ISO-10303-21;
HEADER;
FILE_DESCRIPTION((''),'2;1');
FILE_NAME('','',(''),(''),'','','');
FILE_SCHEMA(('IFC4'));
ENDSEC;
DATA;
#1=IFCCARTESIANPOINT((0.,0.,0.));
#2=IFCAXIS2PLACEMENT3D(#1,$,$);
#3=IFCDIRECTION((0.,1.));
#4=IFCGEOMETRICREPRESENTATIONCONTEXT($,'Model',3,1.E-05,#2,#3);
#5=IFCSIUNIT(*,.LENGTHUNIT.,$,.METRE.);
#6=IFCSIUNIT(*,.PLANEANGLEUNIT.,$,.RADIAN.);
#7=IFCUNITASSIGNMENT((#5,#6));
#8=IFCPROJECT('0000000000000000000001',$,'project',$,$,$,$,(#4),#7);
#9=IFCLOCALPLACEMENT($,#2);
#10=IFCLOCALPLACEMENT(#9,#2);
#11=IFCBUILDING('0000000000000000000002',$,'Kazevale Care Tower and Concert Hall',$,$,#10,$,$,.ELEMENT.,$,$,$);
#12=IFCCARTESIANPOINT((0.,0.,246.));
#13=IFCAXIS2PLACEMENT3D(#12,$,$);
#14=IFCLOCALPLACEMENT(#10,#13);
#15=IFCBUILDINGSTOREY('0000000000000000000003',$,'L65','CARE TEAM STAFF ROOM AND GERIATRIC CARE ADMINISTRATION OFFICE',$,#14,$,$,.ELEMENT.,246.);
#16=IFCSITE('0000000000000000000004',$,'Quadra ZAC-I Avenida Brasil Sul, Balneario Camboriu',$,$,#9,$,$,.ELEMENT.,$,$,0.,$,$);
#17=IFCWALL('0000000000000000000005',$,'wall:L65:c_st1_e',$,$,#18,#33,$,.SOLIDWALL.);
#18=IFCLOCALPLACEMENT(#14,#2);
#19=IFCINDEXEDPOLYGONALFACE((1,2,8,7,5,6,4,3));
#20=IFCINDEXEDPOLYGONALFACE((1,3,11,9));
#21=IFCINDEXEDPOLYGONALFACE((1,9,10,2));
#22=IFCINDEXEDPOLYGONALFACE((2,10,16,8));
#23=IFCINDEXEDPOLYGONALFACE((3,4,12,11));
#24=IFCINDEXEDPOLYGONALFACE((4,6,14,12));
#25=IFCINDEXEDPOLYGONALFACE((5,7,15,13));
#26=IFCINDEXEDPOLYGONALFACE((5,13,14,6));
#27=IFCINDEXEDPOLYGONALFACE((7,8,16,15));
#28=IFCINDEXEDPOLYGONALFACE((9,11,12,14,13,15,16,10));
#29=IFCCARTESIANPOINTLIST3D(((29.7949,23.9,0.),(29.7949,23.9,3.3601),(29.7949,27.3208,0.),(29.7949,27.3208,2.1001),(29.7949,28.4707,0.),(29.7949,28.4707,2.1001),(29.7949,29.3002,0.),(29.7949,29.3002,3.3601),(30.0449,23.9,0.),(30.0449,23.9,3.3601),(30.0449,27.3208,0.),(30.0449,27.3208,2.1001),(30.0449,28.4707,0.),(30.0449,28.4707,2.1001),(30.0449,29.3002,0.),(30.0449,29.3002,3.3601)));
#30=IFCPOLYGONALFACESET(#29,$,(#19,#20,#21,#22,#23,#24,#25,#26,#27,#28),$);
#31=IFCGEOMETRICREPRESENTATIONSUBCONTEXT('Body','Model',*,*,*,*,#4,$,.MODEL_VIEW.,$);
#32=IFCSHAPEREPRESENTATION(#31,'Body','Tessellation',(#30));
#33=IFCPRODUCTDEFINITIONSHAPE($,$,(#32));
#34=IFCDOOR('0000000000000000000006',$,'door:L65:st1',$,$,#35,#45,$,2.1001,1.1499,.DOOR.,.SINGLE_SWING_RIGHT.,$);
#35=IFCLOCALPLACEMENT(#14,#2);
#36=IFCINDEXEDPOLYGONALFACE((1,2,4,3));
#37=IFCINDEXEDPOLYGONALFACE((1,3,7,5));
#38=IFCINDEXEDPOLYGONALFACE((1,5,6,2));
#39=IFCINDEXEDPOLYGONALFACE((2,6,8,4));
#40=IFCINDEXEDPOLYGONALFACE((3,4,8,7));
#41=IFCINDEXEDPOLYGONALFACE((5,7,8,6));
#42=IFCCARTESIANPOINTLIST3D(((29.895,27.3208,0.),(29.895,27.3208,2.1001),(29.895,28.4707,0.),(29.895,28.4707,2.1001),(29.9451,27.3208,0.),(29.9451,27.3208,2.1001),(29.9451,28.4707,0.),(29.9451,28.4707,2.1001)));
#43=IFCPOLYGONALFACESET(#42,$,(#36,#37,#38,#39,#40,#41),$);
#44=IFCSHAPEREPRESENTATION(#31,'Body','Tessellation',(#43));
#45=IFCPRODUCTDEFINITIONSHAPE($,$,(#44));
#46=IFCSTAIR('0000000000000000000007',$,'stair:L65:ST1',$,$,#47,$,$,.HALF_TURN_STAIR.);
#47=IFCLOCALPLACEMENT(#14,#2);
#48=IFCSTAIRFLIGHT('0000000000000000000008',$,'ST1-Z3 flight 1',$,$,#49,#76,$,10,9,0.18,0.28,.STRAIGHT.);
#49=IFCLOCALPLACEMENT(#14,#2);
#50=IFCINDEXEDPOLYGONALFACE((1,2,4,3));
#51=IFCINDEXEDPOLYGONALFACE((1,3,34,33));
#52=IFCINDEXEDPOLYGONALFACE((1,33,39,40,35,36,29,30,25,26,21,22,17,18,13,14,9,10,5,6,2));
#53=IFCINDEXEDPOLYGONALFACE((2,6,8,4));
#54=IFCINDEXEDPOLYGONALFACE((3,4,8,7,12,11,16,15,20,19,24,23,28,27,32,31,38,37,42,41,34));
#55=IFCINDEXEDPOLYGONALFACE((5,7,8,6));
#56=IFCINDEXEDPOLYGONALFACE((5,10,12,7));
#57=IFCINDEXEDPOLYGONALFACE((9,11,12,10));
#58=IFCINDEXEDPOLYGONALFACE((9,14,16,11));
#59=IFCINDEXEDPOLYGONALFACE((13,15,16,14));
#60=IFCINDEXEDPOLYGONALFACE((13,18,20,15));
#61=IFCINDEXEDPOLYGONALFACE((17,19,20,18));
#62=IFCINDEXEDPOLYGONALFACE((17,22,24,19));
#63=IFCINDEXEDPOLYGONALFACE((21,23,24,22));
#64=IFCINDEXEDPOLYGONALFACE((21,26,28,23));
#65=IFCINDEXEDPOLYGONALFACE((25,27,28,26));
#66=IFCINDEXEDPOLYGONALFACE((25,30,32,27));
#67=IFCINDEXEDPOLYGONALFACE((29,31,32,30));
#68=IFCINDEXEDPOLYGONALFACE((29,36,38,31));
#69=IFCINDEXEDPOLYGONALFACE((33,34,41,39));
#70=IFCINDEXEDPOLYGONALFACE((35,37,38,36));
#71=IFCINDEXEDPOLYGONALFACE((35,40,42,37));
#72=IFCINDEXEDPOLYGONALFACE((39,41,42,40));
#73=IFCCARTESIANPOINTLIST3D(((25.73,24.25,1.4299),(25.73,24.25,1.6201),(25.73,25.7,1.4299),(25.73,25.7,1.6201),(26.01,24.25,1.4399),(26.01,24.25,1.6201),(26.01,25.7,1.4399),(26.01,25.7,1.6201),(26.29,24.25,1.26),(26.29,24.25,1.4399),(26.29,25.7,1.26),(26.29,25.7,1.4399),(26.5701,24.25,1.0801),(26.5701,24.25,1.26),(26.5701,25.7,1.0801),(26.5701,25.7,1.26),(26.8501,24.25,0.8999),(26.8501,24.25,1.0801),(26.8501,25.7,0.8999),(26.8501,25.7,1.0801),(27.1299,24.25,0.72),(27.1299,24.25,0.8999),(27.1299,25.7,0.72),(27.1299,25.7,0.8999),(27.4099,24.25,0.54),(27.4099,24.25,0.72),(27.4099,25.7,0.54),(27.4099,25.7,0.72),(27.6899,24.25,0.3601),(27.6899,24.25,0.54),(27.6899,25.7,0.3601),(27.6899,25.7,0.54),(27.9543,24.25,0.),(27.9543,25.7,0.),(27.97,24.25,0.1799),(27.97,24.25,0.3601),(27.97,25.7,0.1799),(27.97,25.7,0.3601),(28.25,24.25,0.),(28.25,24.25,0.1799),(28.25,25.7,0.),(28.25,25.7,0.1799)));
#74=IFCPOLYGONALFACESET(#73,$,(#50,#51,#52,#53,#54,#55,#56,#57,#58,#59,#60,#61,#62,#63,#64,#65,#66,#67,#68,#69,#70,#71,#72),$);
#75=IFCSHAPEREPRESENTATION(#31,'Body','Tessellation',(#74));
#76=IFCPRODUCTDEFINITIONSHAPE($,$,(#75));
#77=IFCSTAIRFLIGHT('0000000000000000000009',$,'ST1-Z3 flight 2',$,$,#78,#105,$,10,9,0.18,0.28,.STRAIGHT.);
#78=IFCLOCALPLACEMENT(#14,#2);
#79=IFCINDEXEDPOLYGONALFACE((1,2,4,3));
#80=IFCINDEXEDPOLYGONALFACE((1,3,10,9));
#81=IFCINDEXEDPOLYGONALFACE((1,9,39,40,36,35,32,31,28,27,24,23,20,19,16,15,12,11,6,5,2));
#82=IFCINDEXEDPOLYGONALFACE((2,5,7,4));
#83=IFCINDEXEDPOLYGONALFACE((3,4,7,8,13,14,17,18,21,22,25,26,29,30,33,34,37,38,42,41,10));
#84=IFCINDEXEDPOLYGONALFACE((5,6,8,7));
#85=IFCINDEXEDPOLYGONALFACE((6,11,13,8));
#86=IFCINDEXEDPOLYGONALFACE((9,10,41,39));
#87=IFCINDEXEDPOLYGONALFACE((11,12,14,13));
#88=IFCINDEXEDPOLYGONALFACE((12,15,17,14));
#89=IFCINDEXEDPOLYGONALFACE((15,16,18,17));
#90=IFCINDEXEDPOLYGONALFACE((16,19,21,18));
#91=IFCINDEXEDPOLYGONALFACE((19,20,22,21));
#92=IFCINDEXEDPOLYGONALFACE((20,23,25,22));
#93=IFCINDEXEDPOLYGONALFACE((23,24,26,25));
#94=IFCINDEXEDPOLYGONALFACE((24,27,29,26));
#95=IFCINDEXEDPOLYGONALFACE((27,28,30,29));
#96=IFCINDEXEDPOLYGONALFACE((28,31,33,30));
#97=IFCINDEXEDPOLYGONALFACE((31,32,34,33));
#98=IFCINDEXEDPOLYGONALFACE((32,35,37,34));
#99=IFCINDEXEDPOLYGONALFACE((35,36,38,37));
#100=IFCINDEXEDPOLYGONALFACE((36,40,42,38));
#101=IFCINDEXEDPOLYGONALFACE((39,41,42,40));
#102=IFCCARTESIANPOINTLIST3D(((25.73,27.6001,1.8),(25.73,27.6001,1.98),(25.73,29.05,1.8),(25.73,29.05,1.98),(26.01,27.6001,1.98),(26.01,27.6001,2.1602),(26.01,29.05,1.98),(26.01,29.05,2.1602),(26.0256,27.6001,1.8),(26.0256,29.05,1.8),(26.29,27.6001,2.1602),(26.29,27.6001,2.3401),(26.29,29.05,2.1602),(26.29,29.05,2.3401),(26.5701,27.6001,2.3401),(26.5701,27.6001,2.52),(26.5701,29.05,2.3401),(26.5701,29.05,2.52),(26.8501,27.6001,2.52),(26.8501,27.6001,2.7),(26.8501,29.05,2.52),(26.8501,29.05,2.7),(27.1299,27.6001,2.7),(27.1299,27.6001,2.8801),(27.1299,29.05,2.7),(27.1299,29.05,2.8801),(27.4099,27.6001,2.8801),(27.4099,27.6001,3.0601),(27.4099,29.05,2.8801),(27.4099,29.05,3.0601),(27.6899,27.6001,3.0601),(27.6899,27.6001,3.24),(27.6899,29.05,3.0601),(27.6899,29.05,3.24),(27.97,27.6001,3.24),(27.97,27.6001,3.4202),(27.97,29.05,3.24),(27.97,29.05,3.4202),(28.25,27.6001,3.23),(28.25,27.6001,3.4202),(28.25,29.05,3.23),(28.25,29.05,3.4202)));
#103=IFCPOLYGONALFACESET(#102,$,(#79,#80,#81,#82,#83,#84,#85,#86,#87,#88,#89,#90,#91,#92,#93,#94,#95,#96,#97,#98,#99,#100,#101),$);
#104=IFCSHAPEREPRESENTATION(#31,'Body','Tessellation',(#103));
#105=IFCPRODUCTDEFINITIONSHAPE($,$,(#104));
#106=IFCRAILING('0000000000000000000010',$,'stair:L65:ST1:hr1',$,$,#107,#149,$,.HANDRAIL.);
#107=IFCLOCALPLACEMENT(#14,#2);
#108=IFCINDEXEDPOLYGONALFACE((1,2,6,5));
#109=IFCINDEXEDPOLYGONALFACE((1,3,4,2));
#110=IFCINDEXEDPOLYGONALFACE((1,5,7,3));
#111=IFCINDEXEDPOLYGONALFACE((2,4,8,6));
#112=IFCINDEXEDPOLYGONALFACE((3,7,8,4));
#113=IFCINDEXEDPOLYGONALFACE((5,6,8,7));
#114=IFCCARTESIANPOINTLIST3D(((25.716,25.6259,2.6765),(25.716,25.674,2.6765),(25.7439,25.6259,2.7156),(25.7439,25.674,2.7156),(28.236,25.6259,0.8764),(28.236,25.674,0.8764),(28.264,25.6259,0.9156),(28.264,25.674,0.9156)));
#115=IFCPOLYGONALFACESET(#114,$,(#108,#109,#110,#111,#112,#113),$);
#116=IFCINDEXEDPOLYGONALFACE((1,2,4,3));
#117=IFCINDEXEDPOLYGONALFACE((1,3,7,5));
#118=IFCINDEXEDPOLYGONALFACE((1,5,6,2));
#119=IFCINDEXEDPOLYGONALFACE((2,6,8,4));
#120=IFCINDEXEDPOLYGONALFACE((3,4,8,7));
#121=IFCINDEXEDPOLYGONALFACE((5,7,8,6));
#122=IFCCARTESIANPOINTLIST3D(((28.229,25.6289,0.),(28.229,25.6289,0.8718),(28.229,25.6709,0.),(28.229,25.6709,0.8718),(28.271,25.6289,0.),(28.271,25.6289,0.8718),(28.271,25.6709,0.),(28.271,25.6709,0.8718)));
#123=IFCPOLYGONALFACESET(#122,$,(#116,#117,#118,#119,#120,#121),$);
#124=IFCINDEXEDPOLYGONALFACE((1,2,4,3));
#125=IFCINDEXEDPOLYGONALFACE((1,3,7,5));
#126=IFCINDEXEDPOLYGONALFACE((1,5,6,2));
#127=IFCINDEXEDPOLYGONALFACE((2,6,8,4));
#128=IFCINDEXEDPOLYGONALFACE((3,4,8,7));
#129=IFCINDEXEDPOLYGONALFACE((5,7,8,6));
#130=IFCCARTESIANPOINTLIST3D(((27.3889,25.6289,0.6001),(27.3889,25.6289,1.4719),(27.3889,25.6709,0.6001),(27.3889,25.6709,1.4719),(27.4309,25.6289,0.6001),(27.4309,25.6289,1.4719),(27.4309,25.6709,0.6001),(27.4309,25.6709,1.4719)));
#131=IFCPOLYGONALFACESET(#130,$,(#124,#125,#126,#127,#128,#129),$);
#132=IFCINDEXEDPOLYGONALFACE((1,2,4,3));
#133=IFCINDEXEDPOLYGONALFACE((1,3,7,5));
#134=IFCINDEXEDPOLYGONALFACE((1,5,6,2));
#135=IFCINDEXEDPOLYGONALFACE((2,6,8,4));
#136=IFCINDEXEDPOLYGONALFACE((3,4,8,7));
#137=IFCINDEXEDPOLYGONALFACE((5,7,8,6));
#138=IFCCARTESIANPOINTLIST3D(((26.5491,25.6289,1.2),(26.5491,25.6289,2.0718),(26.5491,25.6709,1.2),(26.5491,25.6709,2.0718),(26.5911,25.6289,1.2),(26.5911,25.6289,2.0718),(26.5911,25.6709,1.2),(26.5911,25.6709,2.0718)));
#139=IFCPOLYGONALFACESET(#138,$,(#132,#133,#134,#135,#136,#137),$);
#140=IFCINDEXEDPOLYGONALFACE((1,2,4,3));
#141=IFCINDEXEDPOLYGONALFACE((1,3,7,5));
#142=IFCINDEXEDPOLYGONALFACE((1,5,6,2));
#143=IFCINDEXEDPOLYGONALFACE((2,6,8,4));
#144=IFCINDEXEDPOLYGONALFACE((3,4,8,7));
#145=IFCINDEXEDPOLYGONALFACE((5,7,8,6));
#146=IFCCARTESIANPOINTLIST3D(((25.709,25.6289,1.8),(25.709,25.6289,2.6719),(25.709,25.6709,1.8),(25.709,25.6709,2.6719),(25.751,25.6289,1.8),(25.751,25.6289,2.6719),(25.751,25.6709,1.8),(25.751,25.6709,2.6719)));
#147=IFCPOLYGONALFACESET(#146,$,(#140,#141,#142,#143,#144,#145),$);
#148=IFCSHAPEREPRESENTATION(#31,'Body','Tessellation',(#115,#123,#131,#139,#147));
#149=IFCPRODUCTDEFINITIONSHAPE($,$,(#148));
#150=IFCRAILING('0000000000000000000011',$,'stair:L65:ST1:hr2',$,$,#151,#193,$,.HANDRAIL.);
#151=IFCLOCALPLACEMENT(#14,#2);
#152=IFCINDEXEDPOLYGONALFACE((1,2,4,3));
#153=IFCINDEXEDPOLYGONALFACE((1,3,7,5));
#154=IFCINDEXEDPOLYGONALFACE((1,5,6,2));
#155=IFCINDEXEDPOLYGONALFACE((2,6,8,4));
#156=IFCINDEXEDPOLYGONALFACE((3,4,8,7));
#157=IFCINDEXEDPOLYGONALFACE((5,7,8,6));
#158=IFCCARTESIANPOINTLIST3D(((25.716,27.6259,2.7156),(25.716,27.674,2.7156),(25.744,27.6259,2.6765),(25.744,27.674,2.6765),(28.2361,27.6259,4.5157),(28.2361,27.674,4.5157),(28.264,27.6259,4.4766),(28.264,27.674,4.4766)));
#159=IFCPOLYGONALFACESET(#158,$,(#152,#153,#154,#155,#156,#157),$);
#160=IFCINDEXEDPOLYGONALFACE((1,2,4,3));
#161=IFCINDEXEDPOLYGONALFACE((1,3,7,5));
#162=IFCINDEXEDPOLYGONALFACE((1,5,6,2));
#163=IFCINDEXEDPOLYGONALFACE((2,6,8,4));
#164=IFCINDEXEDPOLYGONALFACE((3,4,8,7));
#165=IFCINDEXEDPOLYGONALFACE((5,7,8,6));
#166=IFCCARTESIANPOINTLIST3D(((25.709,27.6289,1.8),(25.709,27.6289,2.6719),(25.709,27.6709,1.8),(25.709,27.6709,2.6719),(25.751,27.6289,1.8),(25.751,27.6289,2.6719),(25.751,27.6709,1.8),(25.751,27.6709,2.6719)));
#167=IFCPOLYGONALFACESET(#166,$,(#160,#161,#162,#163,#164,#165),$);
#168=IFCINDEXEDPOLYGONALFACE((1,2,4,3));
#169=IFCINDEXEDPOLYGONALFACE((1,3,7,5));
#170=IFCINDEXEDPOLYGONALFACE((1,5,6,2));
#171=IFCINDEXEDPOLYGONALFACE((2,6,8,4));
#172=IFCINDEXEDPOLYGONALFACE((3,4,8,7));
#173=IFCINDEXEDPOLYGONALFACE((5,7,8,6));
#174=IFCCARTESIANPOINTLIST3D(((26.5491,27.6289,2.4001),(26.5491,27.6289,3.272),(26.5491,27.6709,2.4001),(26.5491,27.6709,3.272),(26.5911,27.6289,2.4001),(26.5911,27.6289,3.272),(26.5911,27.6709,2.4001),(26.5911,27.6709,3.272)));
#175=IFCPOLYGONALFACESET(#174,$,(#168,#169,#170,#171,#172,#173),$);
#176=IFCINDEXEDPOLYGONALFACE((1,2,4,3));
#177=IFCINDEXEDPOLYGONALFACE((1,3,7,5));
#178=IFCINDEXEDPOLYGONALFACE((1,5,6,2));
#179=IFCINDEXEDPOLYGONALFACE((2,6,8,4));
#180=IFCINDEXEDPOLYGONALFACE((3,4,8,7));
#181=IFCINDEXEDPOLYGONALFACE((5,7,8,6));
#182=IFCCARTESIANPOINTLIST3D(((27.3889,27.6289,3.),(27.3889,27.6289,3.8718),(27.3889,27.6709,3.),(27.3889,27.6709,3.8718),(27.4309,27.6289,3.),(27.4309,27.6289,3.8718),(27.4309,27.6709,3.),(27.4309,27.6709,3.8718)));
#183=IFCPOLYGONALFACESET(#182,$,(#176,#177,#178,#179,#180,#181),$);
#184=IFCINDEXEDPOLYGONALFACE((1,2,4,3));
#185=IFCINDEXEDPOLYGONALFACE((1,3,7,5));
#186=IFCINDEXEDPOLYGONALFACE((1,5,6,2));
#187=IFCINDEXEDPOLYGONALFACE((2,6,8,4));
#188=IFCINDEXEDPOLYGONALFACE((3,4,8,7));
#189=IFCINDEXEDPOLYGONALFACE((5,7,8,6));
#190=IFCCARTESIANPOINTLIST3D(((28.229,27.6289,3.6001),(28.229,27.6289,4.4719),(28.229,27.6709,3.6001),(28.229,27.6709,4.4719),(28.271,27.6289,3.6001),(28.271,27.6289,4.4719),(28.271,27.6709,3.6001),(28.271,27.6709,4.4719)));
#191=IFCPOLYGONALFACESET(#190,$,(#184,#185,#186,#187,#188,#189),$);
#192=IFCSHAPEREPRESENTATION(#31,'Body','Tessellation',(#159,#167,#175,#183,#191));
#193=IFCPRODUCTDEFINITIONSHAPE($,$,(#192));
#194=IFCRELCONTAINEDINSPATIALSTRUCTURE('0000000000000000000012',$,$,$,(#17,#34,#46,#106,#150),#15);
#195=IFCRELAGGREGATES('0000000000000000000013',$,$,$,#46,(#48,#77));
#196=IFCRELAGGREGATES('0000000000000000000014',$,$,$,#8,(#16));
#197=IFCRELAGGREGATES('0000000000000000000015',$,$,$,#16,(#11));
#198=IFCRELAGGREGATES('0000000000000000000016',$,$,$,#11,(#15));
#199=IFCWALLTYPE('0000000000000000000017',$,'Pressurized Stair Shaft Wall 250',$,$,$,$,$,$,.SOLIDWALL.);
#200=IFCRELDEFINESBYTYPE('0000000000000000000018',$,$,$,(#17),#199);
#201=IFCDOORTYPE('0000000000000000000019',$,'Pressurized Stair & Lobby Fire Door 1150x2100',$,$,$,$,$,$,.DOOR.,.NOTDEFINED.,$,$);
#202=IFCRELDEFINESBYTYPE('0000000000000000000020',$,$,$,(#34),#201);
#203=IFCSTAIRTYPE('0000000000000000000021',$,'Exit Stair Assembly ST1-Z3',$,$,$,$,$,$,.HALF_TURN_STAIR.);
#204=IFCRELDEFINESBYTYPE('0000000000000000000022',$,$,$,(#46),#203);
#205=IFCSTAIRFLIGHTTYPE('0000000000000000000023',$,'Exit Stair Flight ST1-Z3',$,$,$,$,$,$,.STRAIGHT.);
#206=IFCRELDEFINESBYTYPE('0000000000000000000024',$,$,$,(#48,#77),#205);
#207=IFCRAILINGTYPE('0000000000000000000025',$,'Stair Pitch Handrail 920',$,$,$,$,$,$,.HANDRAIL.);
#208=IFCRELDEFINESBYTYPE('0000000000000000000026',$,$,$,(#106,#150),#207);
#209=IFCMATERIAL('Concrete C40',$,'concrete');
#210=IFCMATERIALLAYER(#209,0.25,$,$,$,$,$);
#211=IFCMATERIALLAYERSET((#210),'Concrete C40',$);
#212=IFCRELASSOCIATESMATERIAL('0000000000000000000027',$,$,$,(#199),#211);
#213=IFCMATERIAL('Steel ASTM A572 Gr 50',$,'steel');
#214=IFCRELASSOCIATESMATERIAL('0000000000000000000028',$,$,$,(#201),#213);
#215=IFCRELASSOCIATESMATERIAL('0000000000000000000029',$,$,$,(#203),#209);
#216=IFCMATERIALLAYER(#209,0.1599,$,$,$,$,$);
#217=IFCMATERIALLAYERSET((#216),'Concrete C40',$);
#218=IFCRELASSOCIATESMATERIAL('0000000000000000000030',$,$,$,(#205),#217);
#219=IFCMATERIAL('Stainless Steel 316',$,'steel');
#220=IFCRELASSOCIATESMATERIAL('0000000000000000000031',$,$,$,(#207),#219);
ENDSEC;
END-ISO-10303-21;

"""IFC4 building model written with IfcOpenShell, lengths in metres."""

from ifc_helpers import new_model, si_unit, direction, frame, frame_2d, origin, origin_2d, place, context, subcontext, project, spatial, polyline, rectangle, outline, extrude, material, layer, layer_set, type_object, element, fill, aggregate, save


model = new_model("IFC4")

# Units and contexts
model_context = context("Model", 3, precision=1e-05, world=origin(), true_north=direction((0.0, 1.0)))
body_context = subcontext(model_context, "Body", "Model", "MODEL_VIEW")
ifc_project = project(units=[si_unit("LENGTHUNIT", "METRE"), si_unit("PLANEANGLEUNIT", "RADIAN")], contexts=[model_context])

# Site, building, storey
site_placement = place(None, origin())
site = spatial("IfcSite", under=ifc_project, at=site_placement, Name="Quadra ZAC-I Avenida Brasil Sul, Balneario Camboriu", CompositionType="ELEMENT", RefElevation=0.0)
building_placement = place(site_placement, origin())
building = spatial("IfcBuilding", under=site, at=building_placement, Name="Kazevale Care Tower and Concert Hall", CompositionType="ELEMENT")
storey_placement = place(building_placement, frame((0.0, 0.0, 246.0)))
storey = spatial("IfcBuildingStorey", under=building, at=storey_placement, Name="L65", Description="CARE TEAM STAFF ROOM AND GERIATRIC CARE ADMINISTRATION OFFICE", CompositionType="ELEMENT", Elevation=246.0)

# Shared definitions
ifc_material_1 = material(Name="Steel ASTM A572 Gr 50", Category="steel")

# Shared definitions
ifc_material_2 = material(Name="Concrete C40", Category="concrete")
ifc_material_3 = material(Name="Stainless Steel 316", Category="steel")

# Wall, opening, door
ifc_layer_1 = layer(ifc_material_2, 0.25)
ifc_layer_set_1 = layer_set([ifc_layer_1], Name="Concrete C40")
wall_type_1 = type_object("IfcWallType", Name="Pressurized Stair Shaft Wall 250", PredefinedType="SOLIDWALL", material=ifc_layer_set_1)
wall_1_placement = place(storey_placement, frame((29.9199, 23.8999, 0.0), z_axis=(0.0, 0.0, 1.0), x_axis=(0.0, 1.0, 0.0)))
wall_1 = element("IfcWall", 1, at=wall_1_placement, inside=storey, type_object=wall_type_1, Name="wall:L65:c_st1_e", PredefinedType="SOLIDWALL", context=body_context, shape_type="SweptSolid", body=[
    extrude(rectangle(XDim=5.4001, YDim=0.25, at=frame_2d((2.7002, 0.0))), origin(), (0.0, 0.0, 1.0), 3.3601),
])
opening_1_placement = place(wall_1_placement, frame((3.4209, 0.0, 0.0)))
opening_1 = element("IfcOpeningElement", 2, at=opening_1_placement, cuts=wall_1, PredefinedType="OPENING", context=body_context, shape_type="SweptSolid", body=[
    extrude(rectangle(XDim=1.1499, YDim=2.1001, at=frame_2d((0.575, 1.05))), frame((0.0, 0.135, 0.0), z_axis=(0.0, -1.0, 0.0), x_axis=(1.0, 0.0, 0.0)), (0.0, 0.0, 1.0), 0.27),
])
door_type_1 = type_object("IfcDoorType", Name="Pressurized Stair & Lobby Fire Door 1150x2100", OperationType="NOTDEFINED", PredefinedType="DOOR", material=ifc_material_1)
door_1_placement = place(opening_1_placement, origin())
door_1 = element("IfcDoor", 3, at=door_1_placement, inside=storey, type_object=door_type_1, Name="door:L65:st1", OperationType="SINGLE_SWING_RIGHT", OverallHeight=2.1001, OverallWidth=1.1499, PredefinedType="DOOR", context=body_context, shape_type="SweptSolid", body=[
    extrude(rectangle(XDim=1.1499, YDim=2.1001, at=frame_2d((0.575, 1.05))), frame((0.0, 0.0249, 0.0), z_axis=(0.0, -1.0, 0.0), x_axis=(1.0, 0.0, 0.0)), (0.0, 0.0, 1.0), 0.05),
])
fill(opening_1, door_1)

# Stair, stair flights
stair_type = type_object("IfcStairType", Name="Exit Stair Assembly ST1-Z3", PredefinedType="HALF_TURN_STAIR", material=ifc_material_2)
stair_placement = place(storey_placement, origin())
stair = element("IfcStair", 4, at=stair_placement, inside=storey, type_object=stair_type, Name="stair:L65:ST1", PredefinedType="HALF_TURN_STAIR")
ifc_layer_2 = layer(ifc_material_2, 0.1599)
ifc_layer_set_2 = layer_set([ifc_layer_2], Name="Concrete C40")
stair_flight_type = type_object("IfcStairFlightType", Name="Exit Stair Flight ST1-Z3", PredefinedType="STRAIGHT", material=ifc_layer_set_2)
stair_flight_1_placement = place(storey_placement, frame((28.25, 24.9751, 0.0), z_axis=(0.0, 0.0, 1.0), x_axis=(-1.0, 0.0, 0.0)))
stair_flight_1 = element("IfcStairFlight", 5, at=stair_flight_1_placement, type_object=stair_flight_type, Name="ST1-Z3 flight 1", NumberOfRisers=10, NumberOfTreads=9, PredefinedType="STRAIGHT", RiserHeight=0.18, TreadLength=0.28, context=body_context, shape_type="SweptSolid", body=[
    extrude(outline(polyline([(0.0, 0.0), (0.0, 0.1799), (0.28, 0.1799), (0.28, 0.3601), (0.5601, 0.3601), (0.5601, 0.54), (0.8401, 0.54), (0.8401, 0.72), (1.1201, 0.72), (1.1201, 0.8999), (1.3999, 0.8999), (1.3999, 1.0801), (1.6799, 1.0801), (1.6799, 1.26), (1.96, 1.26), (1.96, 1.4399), (2.24, 1.4399), (2.24, 1.6201), (2.52, 1.6201), (2.52, 1.8), (2.52, 1.4299), (0.2957, 0.0), (0.0, 0.0)])), frame((0.0, 0.7251, 0.0), z_axis=(0.0, -1.0, 0.0), x_axis=(1.0, 0.0, 0.0)), (0.0, 0.0, 1.0), 1.45),
])
stair_flight_2_placement = place(storey_placement, frame((25.73, 28.325, 1.8), z_axis=(0.0, 0.0, 1.0), x_axis=(1.0, 0.0, 0.0)))
stair_flight_2 = element("IfcStairFlight", 6, at=stair_flight_2_placement, type_object=stair_flight_type, Name="ST1-Z3 flight 2", NumberOfRisers=10, NumberOfTreads=9, PredefinedType="STRAIGHT", RiserHeight=0.18, TreadLength=0.28, context=body_context, shape_type="SweptSolid", body=[
    extrude(outline(polyline([(0.0, 0.0), (0.0, 0.1799), (0.28, 0.1799), (0.28, 0.3601), (0.5601, 0.3601), (0.5601, 0.54), (0.8401, 0.54), (0.8401, 0.72), (1.1201, 0.72), (1.1201, 0.8999), (1.3999, 0.8999), (1.3999, 1.0801), (1.6799, 1.0801), (1.6799, 1.26), (1.96, 1.26), (1.96, 1.4399), (2.24, 1.4399), (2.24, 1.6201), (2.52, 1.6201), (2.52, 1.8), (2.52, 1.4299), (0.2957, 0.0), (0.0, 0.0)])), frame((0.0, 0.7251, 0.0), z_axis=(0.0, -1.0, 0.0), x_axis=(1.0, 0.0, 0.0)), (0.0, 0.0, 1.0), 1.45),
])
aggregate(stair, [stair_flight_1, stair_flight_2])

# Railings
railing_type_1 = type_object("IfcRailingType", Name="Stair Pitch Handrail 920", PredefinedType="HANDRAIL", material=ifc_material_3)
railing_1_placement = place(storey_placement, frame((28.25, 25.6499, 0.0)))
element("IfcRailing", 7, at=railing_1_placement, inside=storey, type_object=railing_type_1, Name="stair:L65:ST1:hr1", PredefinedType="HANDRAIL", context=body_context, shape_type="SweptSolid", body=[
    extrude(rectangle(XDim=0.0481, YDim=0.0481, at=origin_2d()), frame((0.0, 0.0, 0.896), z_axis=(-0.813728, 0.0, 0.581246), x_axis=(0.0, -1.0, 0.0)), (0.0, 0.0, 1.0), 3.0969),
    extrude(rectangle(XDim=0.042, YDim=0.042, at=origin_2d()), origin(), (0.0, 0.0, 1.0), 0.8718),
    extrude(rectangle(XDim=0.042, YDim=0.042, at=origin_2d()), frame((-0.8401, 0.0, 0.6001)), (0.0, 0.0, 1.0), 0.8718),
    extrude(rectangle(XDim=0.042, YDim=0.042, at=origin_2d()), frame((-1.6799, 0.0, 1.2)), (0.0, 0.0, 1.0), 0.8718),
    extrude(rectangle(XDim=0.042, YDim=0.042, at=origin_2d()), frame((-2.52, 0.0, 1.8)), (0.0, 0.0, 1.0), 0.8718),
])
railing_2_placement = place(storey_placement, frame((25.73, 27.6499, 1.8)))
element("IfcRailing", 8, at=railing_2_placement, inside=storey, type_object=railing_type_1, Name="stair:L65:ST1:hr2", PredefinedType="HANDRAIL", context=body_context, shape_type="SweptSolid", body=[
    extrude(rectangle(XDim=0.0481, YDim=0.0481, at=origin_2d()), frame((0.0, 0.0, 0.896), z_axis=(0.813728, 0.0, 0.581246), x_axis=(0.0, 1.0, 0.0)), (0.0, 0.0, 1.0), 3.0969),
    extrude(rectangle(XDim=0.042, YDim=0.042, at=origin_2d()), origin(), (0.0, 0.0, 1.0), 0.8718),
    extrude(rectangle(XDim=0.042, YDim=0.042, at=origin_2d()), frame((0.8401, 0.0, 0.6001)), (0.0, 0.0, 1.0), 0.8718),
    extrude(rectangle(XDim=0.042, YDim=0.042, at=origin_2d()), frame((1.6799, 0.0, 1.2)), (0.0, 0.0, 1.0), 0.8718),
    extrude(rectangle(XDim=0.042, YDim=0.042, at=origin_2d()), frame((2.52, 0.0, 1.8)), (0.0, 0.0, 1.0), 0.8718),
])

save(model, "model.ifc")
